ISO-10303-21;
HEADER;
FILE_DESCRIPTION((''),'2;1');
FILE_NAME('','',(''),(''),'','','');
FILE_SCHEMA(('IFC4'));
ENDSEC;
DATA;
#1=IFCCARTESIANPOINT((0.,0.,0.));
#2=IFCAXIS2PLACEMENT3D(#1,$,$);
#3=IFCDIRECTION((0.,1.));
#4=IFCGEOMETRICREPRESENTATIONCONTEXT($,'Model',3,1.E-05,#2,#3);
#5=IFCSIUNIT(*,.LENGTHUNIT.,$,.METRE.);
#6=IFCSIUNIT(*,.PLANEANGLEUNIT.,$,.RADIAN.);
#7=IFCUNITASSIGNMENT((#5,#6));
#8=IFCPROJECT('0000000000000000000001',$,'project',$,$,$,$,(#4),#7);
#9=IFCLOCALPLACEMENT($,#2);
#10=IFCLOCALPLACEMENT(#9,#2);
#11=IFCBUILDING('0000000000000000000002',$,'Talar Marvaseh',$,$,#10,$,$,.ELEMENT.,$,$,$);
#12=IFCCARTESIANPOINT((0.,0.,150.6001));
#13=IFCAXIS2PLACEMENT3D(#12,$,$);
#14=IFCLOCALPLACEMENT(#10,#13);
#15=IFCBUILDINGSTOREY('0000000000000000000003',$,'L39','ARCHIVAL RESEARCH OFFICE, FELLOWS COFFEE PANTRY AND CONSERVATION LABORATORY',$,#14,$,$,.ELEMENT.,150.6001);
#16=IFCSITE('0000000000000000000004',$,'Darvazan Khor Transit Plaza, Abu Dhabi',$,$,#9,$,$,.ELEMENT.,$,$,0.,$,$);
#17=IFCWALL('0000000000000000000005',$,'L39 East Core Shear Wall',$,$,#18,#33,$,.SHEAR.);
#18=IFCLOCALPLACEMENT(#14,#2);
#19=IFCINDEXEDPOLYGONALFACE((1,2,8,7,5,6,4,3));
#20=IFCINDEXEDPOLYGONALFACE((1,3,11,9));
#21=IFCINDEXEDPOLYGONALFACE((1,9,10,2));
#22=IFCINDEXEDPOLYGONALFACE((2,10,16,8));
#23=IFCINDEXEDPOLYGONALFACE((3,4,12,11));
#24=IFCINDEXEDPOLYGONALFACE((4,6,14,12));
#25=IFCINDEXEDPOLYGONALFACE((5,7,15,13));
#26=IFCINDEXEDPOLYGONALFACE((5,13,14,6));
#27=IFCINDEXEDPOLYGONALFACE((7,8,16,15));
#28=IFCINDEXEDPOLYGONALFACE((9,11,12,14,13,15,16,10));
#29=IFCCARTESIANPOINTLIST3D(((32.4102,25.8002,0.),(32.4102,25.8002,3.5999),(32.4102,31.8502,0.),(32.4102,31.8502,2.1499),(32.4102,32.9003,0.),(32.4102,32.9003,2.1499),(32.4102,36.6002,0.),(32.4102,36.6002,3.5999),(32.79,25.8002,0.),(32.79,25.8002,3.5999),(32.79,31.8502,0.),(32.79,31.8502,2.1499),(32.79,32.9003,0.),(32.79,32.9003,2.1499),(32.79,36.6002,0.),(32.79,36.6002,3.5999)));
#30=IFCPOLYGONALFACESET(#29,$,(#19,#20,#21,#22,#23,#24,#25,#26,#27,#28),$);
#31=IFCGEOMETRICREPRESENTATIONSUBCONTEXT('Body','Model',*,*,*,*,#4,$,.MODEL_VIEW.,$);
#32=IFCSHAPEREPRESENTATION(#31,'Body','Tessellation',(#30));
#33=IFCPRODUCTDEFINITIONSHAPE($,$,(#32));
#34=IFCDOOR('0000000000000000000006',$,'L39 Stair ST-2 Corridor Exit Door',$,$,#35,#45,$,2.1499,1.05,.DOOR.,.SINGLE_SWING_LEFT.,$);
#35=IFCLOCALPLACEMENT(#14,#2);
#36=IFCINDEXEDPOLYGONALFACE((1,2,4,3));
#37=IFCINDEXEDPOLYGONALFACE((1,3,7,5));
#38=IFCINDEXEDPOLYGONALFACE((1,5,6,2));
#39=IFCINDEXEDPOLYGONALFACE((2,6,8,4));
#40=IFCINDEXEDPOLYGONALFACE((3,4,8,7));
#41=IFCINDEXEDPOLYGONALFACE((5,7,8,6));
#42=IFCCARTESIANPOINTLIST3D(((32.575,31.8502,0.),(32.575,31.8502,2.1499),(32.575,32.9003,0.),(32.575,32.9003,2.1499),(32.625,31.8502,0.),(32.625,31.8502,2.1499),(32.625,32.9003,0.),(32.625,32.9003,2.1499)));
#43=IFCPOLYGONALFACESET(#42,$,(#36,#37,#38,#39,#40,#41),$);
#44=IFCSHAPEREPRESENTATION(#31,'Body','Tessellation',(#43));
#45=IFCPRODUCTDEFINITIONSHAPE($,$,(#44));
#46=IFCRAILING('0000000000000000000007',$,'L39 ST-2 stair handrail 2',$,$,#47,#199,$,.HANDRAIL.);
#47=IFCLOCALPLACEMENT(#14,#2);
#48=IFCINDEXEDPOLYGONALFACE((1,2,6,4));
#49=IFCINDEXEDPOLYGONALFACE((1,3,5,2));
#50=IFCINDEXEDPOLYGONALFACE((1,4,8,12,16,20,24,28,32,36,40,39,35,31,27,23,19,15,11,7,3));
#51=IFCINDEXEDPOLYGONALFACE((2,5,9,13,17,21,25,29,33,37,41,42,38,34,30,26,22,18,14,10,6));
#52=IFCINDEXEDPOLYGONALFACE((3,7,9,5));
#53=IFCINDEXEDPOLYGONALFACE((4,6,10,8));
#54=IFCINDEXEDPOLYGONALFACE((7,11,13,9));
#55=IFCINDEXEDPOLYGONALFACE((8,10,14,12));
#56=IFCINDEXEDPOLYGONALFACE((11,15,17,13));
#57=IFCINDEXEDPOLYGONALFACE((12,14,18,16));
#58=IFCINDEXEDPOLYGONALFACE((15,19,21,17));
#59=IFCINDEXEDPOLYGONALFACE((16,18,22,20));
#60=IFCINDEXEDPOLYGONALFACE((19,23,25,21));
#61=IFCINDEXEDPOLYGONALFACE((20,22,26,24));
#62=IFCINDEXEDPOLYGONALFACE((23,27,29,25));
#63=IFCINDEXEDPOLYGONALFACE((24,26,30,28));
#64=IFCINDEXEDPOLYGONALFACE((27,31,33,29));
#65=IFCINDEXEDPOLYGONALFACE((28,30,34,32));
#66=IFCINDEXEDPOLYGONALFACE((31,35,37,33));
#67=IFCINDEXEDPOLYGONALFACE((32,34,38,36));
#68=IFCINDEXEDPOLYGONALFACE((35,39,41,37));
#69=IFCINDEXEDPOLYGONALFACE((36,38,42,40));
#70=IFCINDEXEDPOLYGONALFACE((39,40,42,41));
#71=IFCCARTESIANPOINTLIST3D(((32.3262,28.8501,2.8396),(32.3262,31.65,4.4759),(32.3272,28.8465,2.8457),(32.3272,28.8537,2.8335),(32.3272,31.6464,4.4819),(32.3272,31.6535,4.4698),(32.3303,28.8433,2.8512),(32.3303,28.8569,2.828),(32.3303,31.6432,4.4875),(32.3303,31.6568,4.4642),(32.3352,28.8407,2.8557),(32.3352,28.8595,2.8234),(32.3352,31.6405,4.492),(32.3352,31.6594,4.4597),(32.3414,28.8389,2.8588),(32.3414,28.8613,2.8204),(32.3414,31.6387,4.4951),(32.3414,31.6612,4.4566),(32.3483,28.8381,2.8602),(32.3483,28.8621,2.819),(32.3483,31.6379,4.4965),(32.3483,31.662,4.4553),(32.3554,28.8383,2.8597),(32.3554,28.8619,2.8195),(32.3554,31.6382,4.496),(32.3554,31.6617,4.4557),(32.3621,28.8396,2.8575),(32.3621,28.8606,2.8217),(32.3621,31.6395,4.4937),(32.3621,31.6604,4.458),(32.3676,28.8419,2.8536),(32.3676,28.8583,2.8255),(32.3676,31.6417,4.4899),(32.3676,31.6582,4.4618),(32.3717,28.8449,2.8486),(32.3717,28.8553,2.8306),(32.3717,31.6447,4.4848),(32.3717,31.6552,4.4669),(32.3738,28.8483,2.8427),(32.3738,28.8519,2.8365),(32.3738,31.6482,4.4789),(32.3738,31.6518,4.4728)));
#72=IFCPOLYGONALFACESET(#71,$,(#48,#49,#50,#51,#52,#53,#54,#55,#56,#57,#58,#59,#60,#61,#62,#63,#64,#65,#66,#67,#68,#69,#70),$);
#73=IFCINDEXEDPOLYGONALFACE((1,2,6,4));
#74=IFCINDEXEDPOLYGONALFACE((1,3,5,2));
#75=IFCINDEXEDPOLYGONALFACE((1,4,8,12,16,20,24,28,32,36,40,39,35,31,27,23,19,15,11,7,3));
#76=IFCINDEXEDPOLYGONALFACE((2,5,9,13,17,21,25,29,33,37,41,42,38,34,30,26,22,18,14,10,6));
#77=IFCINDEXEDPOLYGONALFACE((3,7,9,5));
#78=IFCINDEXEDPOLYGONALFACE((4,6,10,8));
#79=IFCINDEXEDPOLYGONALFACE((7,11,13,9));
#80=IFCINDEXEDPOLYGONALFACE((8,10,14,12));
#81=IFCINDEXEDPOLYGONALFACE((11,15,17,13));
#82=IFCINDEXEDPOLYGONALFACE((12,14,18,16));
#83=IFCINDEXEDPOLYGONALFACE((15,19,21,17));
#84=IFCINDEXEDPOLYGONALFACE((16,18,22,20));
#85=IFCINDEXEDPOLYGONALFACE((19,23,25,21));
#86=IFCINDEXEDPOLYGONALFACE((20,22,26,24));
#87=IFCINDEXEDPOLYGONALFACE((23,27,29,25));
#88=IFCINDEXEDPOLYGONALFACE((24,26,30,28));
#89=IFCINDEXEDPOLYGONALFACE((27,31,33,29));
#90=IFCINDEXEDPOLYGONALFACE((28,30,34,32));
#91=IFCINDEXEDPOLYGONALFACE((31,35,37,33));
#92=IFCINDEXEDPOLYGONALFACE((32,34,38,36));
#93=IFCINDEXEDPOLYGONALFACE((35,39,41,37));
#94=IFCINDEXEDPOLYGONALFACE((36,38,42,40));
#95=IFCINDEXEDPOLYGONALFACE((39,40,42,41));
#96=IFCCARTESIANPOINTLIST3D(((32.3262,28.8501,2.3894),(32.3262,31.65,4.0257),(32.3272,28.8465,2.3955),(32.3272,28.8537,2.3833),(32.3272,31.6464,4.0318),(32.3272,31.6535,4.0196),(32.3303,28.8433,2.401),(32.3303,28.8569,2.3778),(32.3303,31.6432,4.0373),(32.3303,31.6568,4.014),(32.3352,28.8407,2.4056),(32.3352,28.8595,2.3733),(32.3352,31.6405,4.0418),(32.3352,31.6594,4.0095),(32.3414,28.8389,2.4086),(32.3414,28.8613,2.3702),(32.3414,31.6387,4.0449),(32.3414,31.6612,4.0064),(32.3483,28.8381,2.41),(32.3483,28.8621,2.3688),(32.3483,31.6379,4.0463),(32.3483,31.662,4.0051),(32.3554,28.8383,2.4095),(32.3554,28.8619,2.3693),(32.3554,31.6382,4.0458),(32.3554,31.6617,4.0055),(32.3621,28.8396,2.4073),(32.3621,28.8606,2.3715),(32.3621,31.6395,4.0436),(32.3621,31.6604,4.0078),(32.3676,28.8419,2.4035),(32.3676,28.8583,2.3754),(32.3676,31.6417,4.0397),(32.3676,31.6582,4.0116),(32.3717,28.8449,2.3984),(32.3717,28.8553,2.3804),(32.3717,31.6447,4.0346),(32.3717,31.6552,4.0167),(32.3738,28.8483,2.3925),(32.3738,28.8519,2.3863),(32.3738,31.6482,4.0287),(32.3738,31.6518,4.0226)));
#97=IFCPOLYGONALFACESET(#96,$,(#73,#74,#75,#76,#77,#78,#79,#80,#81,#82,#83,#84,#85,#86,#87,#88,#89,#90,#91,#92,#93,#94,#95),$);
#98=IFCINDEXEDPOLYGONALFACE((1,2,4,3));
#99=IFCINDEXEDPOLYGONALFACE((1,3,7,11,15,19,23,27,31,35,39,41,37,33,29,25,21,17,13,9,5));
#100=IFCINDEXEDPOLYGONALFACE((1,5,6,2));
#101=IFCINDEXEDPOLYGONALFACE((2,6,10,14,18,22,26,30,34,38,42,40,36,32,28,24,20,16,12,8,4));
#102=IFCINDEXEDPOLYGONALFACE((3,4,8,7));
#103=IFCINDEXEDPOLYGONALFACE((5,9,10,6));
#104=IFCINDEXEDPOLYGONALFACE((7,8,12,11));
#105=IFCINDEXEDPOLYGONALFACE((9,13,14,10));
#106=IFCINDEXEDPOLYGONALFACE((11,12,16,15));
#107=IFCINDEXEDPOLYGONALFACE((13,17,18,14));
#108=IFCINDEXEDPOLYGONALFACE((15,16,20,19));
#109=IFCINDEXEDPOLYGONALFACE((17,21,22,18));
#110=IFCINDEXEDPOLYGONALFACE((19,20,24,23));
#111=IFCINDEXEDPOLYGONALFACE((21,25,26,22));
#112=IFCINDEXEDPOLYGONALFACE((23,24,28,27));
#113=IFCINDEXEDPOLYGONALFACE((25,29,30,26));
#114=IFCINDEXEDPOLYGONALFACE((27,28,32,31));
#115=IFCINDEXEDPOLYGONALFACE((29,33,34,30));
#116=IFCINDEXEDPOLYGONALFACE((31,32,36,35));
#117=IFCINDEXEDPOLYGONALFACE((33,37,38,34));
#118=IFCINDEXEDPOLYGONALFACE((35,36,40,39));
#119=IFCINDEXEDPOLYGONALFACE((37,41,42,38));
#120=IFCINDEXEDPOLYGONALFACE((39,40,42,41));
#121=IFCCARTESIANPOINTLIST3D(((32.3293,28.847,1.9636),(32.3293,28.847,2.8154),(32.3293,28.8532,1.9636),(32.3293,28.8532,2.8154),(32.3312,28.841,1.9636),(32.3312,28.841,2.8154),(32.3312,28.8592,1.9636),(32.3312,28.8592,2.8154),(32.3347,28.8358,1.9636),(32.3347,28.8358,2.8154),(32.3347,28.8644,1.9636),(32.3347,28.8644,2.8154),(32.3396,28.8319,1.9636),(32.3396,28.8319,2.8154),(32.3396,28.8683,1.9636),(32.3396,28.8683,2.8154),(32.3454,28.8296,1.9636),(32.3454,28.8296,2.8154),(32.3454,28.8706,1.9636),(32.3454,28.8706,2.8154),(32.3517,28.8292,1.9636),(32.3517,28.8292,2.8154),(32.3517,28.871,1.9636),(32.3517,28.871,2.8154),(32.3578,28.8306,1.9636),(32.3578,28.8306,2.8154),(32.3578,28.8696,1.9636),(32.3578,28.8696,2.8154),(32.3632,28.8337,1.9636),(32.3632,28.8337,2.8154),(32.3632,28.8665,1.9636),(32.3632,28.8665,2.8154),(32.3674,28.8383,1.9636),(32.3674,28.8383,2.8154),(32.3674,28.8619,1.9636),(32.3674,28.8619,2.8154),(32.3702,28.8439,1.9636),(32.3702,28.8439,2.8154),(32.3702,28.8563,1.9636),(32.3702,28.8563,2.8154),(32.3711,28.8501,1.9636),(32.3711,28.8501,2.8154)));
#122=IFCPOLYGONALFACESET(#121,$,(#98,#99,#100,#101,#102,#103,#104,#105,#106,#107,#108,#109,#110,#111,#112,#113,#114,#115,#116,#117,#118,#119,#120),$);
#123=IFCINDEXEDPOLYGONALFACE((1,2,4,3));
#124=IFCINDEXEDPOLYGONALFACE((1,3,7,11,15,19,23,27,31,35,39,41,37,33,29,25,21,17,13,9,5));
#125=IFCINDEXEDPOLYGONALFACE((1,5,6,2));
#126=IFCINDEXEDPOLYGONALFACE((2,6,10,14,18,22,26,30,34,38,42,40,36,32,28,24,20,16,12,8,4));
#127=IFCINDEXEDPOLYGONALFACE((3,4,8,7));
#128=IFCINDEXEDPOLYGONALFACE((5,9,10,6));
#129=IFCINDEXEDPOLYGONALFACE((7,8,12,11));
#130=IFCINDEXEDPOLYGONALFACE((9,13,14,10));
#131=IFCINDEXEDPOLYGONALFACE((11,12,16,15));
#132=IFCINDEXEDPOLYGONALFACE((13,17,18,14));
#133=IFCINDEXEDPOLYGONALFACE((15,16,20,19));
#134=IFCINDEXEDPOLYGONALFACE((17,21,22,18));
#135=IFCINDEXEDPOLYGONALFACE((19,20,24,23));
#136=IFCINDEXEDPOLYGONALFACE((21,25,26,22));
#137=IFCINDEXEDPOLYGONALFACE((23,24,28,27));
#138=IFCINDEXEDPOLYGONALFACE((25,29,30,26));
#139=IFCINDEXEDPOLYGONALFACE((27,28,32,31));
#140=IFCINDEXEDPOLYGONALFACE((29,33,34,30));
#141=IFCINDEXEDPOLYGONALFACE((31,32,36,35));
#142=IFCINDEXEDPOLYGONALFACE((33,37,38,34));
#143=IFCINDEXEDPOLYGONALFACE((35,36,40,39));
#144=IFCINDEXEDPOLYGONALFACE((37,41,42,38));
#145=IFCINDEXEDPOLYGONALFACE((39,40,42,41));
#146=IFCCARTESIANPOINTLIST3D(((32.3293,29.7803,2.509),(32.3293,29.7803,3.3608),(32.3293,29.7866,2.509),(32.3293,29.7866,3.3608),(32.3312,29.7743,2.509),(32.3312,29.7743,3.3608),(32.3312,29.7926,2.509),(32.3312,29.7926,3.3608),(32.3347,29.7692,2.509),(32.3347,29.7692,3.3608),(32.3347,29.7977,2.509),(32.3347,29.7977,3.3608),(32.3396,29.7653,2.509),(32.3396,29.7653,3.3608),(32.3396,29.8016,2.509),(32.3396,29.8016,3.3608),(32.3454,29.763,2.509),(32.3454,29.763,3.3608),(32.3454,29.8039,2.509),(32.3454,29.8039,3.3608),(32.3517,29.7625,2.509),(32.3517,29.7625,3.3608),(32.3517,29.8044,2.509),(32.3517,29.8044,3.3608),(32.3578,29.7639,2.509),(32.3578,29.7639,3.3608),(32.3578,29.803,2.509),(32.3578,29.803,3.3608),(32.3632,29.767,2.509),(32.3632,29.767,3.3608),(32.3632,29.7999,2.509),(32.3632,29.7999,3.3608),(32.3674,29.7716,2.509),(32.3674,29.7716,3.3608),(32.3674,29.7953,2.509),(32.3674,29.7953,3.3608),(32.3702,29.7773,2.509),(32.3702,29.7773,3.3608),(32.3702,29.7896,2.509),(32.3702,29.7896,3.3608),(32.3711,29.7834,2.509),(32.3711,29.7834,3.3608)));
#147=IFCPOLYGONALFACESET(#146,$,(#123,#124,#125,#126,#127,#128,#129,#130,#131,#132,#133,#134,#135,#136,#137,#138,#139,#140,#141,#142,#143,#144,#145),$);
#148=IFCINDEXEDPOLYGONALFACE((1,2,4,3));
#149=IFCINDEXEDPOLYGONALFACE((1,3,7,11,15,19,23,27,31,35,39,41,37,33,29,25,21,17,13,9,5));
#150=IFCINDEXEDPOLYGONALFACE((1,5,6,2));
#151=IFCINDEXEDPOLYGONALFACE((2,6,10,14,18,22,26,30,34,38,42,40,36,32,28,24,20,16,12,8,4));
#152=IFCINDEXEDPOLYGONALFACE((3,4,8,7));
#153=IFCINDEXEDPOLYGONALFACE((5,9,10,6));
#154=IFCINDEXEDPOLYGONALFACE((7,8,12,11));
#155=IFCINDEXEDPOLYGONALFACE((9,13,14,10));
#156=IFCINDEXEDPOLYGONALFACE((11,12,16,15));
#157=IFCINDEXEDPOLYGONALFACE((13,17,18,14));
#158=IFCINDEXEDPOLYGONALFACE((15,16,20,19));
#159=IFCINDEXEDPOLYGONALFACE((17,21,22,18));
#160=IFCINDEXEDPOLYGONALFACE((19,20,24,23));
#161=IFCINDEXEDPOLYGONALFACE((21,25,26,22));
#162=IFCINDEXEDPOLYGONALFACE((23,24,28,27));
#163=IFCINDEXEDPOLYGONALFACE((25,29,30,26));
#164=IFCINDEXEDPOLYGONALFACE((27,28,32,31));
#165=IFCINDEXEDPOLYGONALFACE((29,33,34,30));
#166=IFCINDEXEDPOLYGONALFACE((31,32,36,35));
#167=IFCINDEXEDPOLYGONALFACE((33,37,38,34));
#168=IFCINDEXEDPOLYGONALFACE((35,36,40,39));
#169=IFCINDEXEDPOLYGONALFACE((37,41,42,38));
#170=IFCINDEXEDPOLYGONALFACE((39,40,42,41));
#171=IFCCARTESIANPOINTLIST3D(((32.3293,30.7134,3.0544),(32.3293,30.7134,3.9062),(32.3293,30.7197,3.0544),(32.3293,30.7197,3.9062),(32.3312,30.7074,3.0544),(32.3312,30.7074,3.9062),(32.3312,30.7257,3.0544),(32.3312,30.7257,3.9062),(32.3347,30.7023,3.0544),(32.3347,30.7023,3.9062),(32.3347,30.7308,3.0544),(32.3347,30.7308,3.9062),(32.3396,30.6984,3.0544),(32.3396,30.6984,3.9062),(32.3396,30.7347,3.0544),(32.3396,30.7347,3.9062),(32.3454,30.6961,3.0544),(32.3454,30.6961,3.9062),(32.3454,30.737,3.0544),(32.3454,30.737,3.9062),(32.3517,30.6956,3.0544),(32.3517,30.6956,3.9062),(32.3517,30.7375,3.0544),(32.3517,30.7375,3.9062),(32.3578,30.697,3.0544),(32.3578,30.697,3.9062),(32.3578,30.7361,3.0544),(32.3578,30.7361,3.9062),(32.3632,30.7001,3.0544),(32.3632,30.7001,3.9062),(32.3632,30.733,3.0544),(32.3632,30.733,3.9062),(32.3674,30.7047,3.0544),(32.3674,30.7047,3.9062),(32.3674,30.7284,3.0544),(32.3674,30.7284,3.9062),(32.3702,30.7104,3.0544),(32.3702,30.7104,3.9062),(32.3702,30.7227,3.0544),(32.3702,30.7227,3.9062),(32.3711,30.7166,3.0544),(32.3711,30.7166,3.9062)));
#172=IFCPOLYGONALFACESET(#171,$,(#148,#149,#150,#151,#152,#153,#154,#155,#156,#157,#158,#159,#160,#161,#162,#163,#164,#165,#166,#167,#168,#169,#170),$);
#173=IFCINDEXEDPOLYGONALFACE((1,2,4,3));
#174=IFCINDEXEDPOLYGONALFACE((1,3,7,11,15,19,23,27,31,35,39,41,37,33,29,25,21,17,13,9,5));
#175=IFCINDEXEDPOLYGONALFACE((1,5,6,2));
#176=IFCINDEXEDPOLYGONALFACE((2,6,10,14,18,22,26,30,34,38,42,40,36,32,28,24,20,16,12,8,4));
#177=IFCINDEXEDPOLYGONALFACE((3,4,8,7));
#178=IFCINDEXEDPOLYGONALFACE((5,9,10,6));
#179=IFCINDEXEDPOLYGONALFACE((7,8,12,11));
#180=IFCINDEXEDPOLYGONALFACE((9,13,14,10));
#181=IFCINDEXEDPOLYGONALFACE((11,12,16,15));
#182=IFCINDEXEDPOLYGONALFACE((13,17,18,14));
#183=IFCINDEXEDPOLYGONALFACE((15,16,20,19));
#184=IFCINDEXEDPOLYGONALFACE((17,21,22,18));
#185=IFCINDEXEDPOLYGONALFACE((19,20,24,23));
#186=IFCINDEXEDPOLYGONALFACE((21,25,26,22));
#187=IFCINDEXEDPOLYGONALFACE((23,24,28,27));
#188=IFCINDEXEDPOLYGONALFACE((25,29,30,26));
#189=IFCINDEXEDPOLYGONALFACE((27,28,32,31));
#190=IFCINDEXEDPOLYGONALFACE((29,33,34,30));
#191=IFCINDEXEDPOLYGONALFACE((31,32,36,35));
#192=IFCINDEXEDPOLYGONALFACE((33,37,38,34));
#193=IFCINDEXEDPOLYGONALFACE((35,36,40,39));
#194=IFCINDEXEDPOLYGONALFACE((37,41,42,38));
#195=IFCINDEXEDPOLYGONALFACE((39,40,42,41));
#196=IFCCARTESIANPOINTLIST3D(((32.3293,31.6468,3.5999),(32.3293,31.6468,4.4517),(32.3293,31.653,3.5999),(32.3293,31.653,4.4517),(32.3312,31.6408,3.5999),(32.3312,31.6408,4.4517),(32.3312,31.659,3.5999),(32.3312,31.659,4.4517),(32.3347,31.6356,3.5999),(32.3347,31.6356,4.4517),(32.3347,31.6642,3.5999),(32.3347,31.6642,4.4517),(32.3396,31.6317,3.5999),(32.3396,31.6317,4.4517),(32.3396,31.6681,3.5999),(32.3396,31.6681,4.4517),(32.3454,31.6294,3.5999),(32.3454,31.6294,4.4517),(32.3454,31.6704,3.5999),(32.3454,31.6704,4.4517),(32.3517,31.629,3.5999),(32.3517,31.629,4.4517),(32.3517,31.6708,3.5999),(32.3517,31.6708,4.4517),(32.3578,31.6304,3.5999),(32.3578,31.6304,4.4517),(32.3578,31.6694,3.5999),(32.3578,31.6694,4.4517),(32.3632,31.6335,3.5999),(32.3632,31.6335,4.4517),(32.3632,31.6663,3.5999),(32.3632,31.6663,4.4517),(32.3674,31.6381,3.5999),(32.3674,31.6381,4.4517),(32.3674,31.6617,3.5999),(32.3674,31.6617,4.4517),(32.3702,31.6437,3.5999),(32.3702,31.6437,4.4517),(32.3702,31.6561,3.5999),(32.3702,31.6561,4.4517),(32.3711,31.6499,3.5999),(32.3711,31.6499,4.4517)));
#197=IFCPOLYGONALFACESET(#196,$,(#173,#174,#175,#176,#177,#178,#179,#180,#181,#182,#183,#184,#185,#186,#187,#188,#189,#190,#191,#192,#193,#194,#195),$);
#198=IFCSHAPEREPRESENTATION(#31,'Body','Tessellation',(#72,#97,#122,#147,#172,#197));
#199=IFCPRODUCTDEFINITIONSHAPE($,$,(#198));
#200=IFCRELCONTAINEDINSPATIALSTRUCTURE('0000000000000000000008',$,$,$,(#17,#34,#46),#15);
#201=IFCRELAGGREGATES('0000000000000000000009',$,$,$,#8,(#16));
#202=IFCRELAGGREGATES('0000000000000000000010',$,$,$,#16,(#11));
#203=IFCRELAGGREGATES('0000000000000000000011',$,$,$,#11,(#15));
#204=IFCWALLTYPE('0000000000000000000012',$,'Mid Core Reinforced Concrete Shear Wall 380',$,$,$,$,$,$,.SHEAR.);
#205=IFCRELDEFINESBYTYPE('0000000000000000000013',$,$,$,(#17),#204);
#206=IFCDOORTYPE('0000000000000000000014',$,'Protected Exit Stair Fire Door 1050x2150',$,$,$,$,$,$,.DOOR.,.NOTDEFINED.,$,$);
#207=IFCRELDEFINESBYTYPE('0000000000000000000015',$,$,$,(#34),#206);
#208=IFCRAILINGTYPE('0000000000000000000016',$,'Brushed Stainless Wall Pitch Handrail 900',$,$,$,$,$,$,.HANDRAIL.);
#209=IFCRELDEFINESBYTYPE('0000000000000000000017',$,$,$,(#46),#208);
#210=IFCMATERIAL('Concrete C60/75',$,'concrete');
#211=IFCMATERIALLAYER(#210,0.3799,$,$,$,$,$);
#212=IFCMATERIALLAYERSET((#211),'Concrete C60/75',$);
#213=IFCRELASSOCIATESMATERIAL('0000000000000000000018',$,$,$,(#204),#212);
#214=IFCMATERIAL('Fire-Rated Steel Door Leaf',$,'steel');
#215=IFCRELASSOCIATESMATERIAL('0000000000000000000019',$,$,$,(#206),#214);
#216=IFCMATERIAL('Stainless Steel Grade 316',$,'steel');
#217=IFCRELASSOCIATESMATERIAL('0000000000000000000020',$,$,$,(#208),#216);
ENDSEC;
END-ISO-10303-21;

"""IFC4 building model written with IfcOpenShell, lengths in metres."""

from ifc_helpers import new_model, si_unit, direction, frame, frame_2d, origin, origin_2d, place, context, subcontext, project, spatial, rectangle, circle, extrude, source, transform, mapped, material, layer, layer_set, type_object, type_shapes, element, fill, save


model = new_model("IFC4")

# Units and contexts
model_context = context("Model", 3, precision=1e-05, world=origin(), true_north=direction((0.0, 1.0)))
body_context = subcontext(model_context, "Body", "Model", "MODEL_VIEW")
ifc_project = project(units=[si_unit("LENGTHUNIT", "METRE"), si_unit("PLANEANGLEUNIT", "RADIAN")], contexts=[model_context])

# Site, building, storey
site_placement = place(None, origin())
site = spatial("IfcSite", under=ifc_project, at=site_placement, Name="Darvazan Khor Transit Plaza, Abu Dhabi", CompositionType="ELEMENT", RefElevation=0.0)
building_placement = place(site_placement, origin())
building = spatial("IfcBuilding", under=site, at=building_placement, Name="Talar Marvaseh", CompositionType="ELEMENT")
storey_placement = place(building_placement, frame((0.0, 0.0, 150.6001)))
storey = spatial("IfcBuildingStorey", under=building, at=storey_placement, Name="L39", Description="ARCHIVAL RESEARCH OFFICE, FELLOWS COFFEE PANTRY AND CONSERVATION LABORATORY", CompositionType="ELEMENT", Elevation=150.6001)

# Shared definitions
ifc_material_1 = material(Name="Concrete C60/75", Category="concrete")

# Wall, opening, door
ifc_layer_1 = layer(ifc_material_1, 0.3799)
ifc_layer_set_1 = layer_set([ifc_layer_1], Name="Concrete C60/75")
wall_type_1 = type_object("IfcWallType", Name="Mid Core Reinforced Concrete Shear Wall 380", PredefinedType="SHEAR", material=ifc_layer_set_1)
wall_1_placement = place(storey_placement, frame((32.6001, 36.6001, 0.0), z_axis=(0.0, 0.0, 1.0), x_axis=(0.0, -1.0, 0.0)))
wall_1 = element("IfcWall", 1, at=wall_1_placement, inside=storey, type_object=wall_type_1, Name="L39 East Core Shear Wall", PredefinedType="SHEAR", context=body_context, shape_type="SweptSolid", body=[
    extrude(rectangle(XDim=10.8, YDim=0.3799, at=frame_2d((5.3999, 0.0))), origin(), (0.0, 0.0, 1.0), 3.5999),
])
opening_1_placement = place(wall_1_placement, frame((3.7, 0.0, 0.0)))
opening_1 = element("IfcOpeningElement", 2, at=opening_1_placement, cuts=wall_1, PredefinedType="OPENING", context=body_context, shape_type="SweptSolid", body=[
    extrude(rectangle(XDim=1.05, YDim=2.1499, at=frame_2d((0.5249, 1.075))), frame((0.0, 0.2, 0.0), z_axis=(0.0, -1.0, 0.0), x_axis=(1.0, 0.0, 0.0)), (0.0, 0.0, 1.0), 0.3999),
])
ifc_material_2 = material(Name="Fire-Rated Steel Door Leaf", Category="steel")
door_type_1 = type_object("IfcDoorType", Name="Protected Exit Stair Fire Door 1050x2150", OperationType="NOTDEFINED", PredefinedType="DOOR", material=ifc_material_2)
shared_shape_1 = source(origin(), body_context, "Body", "SweptSolid", [
    extrude(rectangle(XDim=1.05, YDim=2.1499, at=frame_2d((0.5249, 1.075))), frame((0.0, 0.0249, 0.0), z_axis=(0.0, -1.0, 0.0), x_axis=(1.0, 0.0, 0.0)), (0.0, 0.0, 1.0), 0.05),
])
type_shapes(door_type_1, [shared_shape_1])
door_1_placement = place(opening_1_placement, origin())
door_1 = element("IfcDoor", 3, at=door_1_placement, inside=storey, type_object=door_type_1, Name="L39 Stair ST-2 Corridor Exit Door", OperationType="SINGLE_SWING_LEFT", OverallHeight=2.1499, OverallWidth=1.05, PredefinedType="DOOR", context=body_context, shape_type="MappedRepresentation", body=[
    mapped(shared_shape_1, transform((0.0, 0.0, 0.0), x_axis=(1.0, 0.0, 0.0), y_axis=(0.0, 1.0, 0.0), z_axis=(0.0, 0.0, 1.0), scale=1.0)),
])
fill(opening_1, door_1)

# Railing
ifc_material_3 = material(Name="Stainless Steel Grade 316", Category="steel")
railing_type = type_object("IfcRailingType", Name="Brushed Stainless Wall Pitch Handrail 900", PredefinedType="HANDRAIL", material=ifc_material_3)
railing_placement = place(storey_placement, frame((32.3501, 28.8501, 1.9636)))
element("IfcRailing", 4, at=railing_placement, inside=storey, type_object=railing_type, Name="L39 ST-2 stair handrail 2", PredefinedType="HANDRAIL", context=body_context, shape_type="SweptSolid", body=[
    extrude(circle(Radius=0.0239, at=origin_2d()), frame((0.0, 0.0, 0.876), z_axis=(0.0, 0.863374, 0.504564), x_axis=(-1.0, 0.0, 0.0)), (0.0, 0.0, 1.0), 3.2429),
    extrude(circle(Radius=0.0239, at=origin_2d()), frame((0.0, 0.0, 0.4258), z_axis=(0.0, 0.863374, 0.504564), x_axis=(-1.0, 0.0, 0.0)), (0.0, 0.0, 1.0), 3.2429),
    extrude(circle(Radius=0.021, at=origin_2d()), origin(), (0.0, 0.0, 1.0), 0.8518),
    extrude(circle(Radius=0.021, at=origin_2d()), frame((0.0, 0.9333, 0.5454)), (0.0, 0.0, 1.0), 0.8518),
    extrude(circle(Radius=0.021, at=origin_2d()), frame((0.0, 1.8665, 1.0908)), (0.0, 0.0, 1.0), 0.8518),
    extrude(circle(Radius=0.021, at=origin_2d()), frame((0.0, 2.7998, 1.6362)), (0.0, 0.0, 1.0), 0.8518),
])

save(model, "model.ifc")
